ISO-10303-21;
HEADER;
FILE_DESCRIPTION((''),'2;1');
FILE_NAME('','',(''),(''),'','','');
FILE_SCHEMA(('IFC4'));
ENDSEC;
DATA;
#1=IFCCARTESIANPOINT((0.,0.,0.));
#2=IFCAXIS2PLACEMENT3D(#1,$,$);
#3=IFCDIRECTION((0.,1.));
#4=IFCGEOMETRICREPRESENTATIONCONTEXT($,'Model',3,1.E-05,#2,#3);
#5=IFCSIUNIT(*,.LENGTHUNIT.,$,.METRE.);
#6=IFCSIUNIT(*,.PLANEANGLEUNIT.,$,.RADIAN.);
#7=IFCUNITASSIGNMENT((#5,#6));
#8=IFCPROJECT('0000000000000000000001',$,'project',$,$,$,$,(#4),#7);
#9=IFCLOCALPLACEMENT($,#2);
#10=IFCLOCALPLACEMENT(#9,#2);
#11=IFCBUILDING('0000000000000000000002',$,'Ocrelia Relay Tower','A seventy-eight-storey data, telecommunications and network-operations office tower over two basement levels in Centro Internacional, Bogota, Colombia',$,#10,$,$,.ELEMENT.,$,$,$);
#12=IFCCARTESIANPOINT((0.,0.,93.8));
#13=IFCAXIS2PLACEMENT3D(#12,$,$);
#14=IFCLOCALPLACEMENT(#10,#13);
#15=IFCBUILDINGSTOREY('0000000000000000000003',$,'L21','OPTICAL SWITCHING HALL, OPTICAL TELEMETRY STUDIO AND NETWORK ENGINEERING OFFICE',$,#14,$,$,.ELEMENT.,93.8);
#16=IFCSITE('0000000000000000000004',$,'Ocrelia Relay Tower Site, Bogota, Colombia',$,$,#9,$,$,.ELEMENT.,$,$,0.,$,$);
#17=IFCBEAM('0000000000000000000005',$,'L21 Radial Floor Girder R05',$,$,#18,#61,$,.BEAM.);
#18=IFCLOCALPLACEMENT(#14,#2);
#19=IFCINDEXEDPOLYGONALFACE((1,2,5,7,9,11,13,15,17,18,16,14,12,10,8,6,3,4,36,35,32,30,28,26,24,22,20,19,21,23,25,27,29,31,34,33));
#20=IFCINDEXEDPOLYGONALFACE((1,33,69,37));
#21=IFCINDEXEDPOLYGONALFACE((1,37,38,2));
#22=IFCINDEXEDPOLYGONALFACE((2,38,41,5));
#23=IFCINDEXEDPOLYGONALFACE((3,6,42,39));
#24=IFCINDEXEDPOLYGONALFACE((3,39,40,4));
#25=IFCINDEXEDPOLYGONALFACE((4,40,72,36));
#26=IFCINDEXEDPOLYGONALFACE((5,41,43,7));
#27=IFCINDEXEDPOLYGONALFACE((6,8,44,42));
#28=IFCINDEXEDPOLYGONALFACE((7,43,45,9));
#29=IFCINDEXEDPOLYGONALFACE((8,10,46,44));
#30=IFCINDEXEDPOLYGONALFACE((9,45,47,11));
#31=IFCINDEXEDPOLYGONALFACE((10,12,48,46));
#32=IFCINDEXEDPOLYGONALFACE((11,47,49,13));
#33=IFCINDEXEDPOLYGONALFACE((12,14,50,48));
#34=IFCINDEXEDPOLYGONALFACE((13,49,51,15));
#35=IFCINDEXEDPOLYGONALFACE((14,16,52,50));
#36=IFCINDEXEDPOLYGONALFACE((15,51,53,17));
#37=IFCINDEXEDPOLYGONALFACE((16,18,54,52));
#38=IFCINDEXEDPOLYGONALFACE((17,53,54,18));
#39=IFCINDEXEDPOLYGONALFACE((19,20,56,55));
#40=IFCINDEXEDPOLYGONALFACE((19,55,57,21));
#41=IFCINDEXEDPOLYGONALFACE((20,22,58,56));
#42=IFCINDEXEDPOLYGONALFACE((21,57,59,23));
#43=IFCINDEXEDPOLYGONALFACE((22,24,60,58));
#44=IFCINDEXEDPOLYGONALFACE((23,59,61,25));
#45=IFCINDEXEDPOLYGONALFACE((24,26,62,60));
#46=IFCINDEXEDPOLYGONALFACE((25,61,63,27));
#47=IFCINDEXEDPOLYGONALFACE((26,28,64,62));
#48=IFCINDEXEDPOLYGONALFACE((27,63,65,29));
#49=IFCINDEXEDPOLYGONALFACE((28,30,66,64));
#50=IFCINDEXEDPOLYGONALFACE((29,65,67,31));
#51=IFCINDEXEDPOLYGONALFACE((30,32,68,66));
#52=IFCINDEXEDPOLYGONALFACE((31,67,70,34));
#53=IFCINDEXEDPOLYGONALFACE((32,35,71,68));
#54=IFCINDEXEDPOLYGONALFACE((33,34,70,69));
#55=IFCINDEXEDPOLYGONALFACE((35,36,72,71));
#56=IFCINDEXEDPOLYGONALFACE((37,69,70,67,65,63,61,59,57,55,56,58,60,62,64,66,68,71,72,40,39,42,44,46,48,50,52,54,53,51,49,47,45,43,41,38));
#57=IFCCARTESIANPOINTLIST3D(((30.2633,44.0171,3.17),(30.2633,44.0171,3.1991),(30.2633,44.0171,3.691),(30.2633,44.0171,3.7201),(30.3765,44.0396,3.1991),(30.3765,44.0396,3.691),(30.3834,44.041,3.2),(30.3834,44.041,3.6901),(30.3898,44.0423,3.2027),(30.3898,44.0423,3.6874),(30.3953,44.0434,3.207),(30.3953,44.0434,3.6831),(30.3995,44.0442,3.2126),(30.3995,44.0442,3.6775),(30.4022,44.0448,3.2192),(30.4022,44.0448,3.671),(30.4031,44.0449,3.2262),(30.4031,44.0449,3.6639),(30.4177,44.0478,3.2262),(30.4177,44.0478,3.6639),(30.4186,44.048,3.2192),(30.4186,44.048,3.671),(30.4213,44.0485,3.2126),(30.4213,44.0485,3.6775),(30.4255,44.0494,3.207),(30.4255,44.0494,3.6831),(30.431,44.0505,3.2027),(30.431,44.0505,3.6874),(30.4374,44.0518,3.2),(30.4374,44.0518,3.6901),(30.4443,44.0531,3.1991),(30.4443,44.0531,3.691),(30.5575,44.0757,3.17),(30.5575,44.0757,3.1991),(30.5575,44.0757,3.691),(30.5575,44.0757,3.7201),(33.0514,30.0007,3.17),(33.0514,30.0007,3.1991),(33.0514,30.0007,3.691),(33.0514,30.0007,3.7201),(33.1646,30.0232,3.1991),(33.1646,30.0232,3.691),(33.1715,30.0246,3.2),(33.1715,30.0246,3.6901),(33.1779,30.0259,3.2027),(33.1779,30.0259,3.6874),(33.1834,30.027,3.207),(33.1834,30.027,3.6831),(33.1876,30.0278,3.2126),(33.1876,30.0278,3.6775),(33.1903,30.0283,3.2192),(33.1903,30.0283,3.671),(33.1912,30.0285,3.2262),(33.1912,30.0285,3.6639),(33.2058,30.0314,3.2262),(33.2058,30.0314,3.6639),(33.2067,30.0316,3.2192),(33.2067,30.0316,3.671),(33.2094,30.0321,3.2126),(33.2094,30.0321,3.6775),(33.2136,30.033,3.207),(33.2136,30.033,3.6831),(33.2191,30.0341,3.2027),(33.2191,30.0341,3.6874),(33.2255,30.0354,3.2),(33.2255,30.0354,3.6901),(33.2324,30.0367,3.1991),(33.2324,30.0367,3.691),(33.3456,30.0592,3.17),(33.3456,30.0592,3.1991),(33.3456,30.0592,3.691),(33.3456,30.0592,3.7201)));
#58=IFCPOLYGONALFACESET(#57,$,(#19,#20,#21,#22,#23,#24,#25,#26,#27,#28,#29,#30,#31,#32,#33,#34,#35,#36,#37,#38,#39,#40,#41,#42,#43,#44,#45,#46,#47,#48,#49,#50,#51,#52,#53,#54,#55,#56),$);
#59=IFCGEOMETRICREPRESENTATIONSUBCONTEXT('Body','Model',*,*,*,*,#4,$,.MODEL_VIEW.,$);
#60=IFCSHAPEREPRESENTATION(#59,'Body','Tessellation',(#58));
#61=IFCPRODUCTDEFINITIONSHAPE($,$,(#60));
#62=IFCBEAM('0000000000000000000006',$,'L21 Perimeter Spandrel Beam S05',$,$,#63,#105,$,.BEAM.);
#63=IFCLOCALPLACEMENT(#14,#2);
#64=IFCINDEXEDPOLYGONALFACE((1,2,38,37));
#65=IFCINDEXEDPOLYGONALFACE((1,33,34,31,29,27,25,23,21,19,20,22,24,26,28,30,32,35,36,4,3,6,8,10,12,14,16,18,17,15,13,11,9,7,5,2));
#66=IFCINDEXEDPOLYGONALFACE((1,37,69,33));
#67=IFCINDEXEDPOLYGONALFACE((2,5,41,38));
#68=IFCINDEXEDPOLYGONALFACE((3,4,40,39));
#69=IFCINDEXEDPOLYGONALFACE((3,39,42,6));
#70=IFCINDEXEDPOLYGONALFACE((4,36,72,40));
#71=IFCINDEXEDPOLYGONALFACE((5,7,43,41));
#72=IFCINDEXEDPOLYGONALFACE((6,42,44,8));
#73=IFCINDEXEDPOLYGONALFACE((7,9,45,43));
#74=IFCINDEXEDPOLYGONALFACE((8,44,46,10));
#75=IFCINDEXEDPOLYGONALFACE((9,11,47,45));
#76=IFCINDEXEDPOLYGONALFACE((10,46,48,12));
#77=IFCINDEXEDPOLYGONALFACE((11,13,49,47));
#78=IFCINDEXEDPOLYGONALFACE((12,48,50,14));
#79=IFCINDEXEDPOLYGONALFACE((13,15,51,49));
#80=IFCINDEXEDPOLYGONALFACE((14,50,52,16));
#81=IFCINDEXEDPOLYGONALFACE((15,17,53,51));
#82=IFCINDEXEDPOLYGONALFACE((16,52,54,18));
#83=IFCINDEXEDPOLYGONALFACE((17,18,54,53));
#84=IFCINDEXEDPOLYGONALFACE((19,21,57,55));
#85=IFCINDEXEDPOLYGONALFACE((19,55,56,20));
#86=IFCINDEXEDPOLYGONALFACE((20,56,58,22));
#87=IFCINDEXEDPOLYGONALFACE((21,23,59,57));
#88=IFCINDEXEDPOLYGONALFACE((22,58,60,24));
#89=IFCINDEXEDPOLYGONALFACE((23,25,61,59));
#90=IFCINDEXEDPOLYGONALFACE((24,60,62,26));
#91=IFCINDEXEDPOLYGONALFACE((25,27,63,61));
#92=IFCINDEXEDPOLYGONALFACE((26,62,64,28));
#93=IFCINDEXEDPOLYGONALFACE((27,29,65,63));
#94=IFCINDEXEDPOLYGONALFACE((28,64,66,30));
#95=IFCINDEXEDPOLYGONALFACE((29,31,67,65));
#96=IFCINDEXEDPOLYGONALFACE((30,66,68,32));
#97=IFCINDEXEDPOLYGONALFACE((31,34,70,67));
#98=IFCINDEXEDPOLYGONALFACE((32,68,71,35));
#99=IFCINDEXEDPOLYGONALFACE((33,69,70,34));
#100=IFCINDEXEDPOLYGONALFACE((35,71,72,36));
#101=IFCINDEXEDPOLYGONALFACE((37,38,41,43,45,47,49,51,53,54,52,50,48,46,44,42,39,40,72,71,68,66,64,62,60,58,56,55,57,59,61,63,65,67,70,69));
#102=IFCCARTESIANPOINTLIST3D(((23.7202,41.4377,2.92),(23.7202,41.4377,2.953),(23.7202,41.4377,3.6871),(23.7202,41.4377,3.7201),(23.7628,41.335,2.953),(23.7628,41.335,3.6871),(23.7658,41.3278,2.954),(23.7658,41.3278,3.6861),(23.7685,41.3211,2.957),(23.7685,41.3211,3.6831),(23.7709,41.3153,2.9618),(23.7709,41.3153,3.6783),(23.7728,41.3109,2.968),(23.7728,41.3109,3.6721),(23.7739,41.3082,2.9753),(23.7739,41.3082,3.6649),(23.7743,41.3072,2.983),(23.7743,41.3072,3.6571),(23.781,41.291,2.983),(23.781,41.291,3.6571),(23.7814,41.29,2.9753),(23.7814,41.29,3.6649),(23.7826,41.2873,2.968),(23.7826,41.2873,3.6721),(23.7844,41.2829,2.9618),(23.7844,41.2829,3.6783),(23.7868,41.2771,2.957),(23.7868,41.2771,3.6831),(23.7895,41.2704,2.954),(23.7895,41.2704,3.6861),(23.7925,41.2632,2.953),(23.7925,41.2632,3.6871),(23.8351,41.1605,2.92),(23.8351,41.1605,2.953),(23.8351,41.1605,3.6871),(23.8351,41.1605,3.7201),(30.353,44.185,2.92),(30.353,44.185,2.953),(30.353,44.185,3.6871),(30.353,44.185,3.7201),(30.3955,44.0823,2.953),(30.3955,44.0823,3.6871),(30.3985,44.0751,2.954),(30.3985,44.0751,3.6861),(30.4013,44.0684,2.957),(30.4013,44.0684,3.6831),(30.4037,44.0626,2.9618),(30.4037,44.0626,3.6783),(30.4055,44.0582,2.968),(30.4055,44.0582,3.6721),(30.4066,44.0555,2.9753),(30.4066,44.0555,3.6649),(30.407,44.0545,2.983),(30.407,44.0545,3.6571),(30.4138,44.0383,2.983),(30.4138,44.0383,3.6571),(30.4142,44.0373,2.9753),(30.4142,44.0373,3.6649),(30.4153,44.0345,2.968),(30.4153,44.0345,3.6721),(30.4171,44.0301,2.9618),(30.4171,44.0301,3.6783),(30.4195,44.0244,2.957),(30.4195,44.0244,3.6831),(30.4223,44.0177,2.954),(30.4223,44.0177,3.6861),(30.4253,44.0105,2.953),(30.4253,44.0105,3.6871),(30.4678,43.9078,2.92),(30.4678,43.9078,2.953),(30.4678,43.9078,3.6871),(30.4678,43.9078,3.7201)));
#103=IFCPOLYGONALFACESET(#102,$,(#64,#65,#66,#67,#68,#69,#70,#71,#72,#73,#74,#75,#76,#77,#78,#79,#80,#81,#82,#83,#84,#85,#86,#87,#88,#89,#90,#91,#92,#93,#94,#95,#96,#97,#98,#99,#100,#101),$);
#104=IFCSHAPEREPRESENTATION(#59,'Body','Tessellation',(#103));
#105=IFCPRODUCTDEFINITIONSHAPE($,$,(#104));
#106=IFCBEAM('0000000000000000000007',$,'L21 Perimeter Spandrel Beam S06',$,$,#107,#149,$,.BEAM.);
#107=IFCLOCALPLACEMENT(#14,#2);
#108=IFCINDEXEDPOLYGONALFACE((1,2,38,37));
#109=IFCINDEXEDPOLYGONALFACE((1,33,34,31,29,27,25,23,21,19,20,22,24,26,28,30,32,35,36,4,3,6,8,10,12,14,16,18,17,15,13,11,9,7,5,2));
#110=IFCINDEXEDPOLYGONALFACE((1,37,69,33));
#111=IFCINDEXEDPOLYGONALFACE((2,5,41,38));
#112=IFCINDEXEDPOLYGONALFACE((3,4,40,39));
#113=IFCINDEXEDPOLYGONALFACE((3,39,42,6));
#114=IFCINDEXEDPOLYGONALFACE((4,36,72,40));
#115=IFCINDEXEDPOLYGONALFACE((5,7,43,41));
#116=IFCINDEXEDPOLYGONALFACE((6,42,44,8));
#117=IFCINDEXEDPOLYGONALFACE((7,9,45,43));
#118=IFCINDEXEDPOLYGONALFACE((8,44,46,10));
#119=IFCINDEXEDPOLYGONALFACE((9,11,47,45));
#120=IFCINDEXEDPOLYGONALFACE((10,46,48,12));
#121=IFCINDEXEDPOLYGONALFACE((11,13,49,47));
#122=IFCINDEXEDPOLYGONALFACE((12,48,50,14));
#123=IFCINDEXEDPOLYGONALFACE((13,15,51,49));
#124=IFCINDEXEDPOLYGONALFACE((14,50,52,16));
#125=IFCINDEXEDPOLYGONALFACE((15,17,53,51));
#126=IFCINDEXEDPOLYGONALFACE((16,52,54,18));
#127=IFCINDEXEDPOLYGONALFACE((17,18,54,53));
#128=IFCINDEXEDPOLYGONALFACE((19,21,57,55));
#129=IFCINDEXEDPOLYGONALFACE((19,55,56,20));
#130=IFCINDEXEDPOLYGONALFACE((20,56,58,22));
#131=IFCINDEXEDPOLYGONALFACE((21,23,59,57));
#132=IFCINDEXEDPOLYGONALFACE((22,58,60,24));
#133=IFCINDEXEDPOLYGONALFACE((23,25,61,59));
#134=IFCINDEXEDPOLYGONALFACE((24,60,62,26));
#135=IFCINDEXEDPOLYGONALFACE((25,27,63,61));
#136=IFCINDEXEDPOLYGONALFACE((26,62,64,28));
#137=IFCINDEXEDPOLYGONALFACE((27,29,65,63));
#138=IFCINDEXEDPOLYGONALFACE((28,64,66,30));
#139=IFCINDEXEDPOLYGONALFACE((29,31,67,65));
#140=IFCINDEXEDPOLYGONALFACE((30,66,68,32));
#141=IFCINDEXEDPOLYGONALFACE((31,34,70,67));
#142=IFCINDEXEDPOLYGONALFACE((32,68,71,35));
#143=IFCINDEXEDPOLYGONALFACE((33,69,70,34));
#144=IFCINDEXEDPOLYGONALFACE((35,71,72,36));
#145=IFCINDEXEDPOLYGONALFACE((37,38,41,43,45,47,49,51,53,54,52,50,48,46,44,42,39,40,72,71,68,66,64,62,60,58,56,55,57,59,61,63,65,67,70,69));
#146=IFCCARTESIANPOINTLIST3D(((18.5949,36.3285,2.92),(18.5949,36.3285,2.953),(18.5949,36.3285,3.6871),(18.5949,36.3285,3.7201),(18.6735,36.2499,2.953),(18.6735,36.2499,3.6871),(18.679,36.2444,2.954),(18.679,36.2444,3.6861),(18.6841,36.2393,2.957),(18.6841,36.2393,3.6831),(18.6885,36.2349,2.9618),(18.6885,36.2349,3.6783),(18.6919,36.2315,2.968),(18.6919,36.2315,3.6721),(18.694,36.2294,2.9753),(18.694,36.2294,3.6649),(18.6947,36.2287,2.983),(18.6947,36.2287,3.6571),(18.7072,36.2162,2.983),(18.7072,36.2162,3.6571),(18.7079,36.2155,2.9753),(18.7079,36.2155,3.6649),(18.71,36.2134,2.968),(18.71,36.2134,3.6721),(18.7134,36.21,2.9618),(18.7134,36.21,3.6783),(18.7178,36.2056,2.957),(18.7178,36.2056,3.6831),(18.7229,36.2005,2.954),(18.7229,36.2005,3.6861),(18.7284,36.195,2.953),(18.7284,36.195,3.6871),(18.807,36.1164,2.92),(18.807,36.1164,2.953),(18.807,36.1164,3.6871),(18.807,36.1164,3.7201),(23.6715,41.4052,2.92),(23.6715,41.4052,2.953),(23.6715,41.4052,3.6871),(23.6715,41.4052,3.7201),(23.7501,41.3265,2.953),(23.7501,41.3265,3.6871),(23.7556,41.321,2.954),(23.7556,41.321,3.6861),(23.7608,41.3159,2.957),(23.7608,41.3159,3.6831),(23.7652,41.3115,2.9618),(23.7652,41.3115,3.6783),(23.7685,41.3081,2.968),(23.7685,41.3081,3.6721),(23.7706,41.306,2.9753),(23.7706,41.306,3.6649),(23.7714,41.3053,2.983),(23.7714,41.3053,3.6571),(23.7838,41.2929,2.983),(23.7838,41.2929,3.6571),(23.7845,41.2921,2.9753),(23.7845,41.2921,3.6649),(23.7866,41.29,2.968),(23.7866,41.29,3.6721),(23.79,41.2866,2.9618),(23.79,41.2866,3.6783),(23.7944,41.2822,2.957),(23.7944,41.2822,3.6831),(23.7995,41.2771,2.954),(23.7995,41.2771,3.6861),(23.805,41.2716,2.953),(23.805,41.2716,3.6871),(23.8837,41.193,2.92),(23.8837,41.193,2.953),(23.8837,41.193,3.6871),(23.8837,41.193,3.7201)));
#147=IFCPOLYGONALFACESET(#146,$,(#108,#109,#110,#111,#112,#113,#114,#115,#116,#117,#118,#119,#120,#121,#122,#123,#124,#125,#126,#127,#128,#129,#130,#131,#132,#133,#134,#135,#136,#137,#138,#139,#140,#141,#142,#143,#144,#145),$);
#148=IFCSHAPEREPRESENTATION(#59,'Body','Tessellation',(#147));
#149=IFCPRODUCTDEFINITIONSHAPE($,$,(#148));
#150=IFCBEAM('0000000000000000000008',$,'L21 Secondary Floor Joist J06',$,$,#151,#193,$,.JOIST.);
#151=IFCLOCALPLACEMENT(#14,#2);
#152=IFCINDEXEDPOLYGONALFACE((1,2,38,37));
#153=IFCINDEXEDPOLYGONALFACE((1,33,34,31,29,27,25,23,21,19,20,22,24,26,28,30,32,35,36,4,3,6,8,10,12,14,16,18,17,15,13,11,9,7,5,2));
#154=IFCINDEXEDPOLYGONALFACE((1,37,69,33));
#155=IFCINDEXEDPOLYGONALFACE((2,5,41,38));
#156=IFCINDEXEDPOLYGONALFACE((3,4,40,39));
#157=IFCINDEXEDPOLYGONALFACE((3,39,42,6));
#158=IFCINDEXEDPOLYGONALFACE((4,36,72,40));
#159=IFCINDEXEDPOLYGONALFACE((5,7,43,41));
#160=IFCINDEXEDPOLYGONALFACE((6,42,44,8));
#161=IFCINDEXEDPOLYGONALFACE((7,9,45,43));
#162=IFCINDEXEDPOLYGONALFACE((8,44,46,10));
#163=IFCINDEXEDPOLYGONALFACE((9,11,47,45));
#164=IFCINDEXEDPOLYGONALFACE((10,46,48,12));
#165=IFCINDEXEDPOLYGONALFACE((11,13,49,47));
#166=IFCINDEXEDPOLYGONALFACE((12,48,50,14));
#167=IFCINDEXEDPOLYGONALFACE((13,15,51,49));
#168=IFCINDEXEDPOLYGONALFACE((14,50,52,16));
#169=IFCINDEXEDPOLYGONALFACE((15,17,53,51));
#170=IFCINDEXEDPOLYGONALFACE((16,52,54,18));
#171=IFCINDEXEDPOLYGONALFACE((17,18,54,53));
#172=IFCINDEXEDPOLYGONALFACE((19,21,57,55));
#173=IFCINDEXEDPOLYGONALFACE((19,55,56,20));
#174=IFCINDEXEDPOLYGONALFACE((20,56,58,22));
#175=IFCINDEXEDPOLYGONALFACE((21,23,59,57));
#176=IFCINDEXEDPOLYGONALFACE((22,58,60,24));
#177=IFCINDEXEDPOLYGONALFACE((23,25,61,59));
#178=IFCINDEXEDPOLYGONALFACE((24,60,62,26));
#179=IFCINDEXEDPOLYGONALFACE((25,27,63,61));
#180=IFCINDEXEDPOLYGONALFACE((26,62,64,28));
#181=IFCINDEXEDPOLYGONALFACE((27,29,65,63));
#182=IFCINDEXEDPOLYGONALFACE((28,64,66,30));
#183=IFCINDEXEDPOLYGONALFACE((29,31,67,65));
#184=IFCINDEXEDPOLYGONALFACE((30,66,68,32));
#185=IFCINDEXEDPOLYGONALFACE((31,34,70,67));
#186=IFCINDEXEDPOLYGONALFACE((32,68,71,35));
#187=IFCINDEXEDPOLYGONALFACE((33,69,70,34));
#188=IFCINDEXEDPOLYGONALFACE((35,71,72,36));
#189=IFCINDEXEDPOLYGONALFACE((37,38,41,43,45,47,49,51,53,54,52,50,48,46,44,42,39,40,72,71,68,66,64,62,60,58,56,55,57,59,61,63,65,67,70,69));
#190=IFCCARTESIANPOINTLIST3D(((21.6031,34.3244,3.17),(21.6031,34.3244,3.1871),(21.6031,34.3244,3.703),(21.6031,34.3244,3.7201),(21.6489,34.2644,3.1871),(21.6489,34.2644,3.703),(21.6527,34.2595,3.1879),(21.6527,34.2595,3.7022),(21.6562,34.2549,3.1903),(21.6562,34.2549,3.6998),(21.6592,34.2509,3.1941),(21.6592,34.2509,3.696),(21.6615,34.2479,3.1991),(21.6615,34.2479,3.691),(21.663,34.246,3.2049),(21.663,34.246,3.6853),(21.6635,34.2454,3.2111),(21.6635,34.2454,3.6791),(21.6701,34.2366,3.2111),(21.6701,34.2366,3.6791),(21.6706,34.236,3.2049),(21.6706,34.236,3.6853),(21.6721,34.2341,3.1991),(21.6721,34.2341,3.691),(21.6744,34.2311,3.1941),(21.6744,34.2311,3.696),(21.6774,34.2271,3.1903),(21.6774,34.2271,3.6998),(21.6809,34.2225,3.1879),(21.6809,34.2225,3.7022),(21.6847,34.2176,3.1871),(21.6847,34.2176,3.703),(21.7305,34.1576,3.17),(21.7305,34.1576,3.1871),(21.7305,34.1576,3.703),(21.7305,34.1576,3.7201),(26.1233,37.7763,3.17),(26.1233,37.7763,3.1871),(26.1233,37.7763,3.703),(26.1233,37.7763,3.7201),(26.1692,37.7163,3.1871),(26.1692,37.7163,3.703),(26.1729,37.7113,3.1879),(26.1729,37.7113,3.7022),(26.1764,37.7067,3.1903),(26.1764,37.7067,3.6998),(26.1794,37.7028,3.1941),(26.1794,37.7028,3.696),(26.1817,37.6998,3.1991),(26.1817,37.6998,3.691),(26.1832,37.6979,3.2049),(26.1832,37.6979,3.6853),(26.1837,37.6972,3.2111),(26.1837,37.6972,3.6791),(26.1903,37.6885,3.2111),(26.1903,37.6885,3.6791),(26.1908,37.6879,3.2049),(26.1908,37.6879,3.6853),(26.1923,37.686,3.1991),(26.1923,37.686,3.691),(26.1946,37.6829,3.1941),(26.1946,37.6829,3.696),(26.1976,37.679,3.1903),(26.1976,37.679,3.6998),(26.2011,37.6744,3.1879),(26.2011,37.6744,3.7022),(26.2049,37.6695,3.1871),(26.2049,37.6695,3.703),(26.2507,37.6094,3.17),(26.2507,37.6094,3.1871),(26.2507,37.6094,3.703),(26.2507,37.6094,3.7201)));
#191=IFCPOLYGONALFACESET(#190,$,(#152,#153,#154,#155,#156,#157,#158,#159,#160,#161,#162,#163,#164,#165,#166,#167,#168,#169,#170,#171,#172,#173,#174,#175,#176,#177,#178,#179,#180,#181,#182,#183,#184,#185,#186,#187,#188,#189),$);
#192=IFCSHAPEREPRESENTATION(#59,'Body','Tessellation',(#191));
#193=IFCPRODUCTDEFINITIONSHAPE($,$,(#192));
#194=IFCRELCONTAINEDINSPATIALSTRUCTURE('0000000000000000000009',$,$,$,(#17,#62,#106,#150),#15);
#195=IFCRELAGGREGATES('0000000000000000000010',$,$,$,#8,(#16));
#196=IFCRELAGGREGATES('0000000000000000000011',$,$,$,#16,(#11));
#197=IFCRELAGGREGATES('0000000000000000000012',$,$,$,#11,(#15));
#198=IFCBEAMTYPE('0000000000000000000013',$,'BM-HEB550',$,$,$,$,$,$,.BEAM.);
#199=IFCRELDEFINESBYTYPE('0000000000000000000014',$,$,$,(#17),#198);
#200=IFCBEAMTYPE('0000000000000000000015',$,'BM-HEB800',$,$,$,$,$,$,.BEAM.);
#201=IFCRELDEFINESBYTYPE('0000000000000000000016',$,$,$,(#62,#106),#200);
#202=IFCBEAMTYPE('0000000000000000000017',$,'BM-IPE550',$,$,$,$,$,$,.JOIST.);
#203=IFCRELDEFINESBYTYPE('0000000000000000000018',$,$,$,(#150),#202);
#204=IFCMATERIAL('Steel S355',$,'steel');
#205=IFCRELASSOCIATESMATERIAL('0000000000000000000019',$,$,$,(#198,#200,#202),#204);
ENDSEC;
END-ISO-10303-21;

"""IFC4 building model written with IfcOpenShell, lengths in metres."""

from ifc_helpers import new_model, si_unit, direction, frame, origin, origin_2d, place, context, subcontext, project, spatial, i_section, extrude, material, material_profile, profile_set, type_object, element, save


model = new_model("IFC4")

# Units and contexts
model_context = context("Model", 3, precision=1e-05, world=origin(), true_north=direction((0.0, 1.0)))
body_context = subcontext(model_context, "Body", "Model", "MODEL_VIEW")
ifc_project = project(units=[si_unit("LENGTHUNIT", "METRE"), si_unit("PLANEANGLEUNIT", "RADIAN")], contexts=[model_context])

# Site, building, storey
site_placement = place(None, origin())
site = spatial("IfcSite", under=ifc_project, at=site_placement, Name="Ocrelia Relay Tower Site, Bogota, Colombia", CompositionType="ELEMENT", RefElevation=0.0)
building_placement = place(site_placement, origin())
building = spatial("IfcBuilding", under=site, at=building_placement, Name="Ocrelia Relay Tower", Description="A seventy-eight-storey data, telecommunications and network-operations office tower over two basement levels in Centro Internacional, Bogota, Colombia", CompositionType="ELEMENT")
storey_placement = place(building_placement, frame((0.0, 0.0, 93.8)))
storey = spatial("IfcBuildingStorey", under=building, at=storey_placement, Name="L21", Description="OPTICAL SWITCHING HALL, OPTICAL TELEMETRY STUDIO AND NETWORK ENGINEERING OFFICE", CompositionType="ELEMENT", Elevation=93.8)

# Beams
ifc_material_1 = material(Name="Steel S355", Category="steel")
ifc_material_profile_1 = material_profile(ifc_material_1, i_section(OverallWidth=0.3, OverallDepth=0.55, WebThickness=0.0149, FlangeThickness=0.0291, FilletRadius=0.0271, at=origin_2d()), Name="HEB 550")
ifc_profile_set_1 = profile_set([ifc_material_profile_1], Name="Steel S355")
beam_type_1 = type_object("IfcBeamType", Name="BM-HEB550", PredefinedType="BEAM", material=ifc_profile_set_1)
beam_1_placement = place(storey_placement, frame((30.4104, 44.0464, 3.4451), z_axis=(0.195094, -0.980784, 0.0), x_axis=(0.980784, 0.195094, 0.0)))
element("IfcBeam", 1, at=beam_1_placement, inside=storey, type_object=beam_type_1, Name="L21 Radial Floor Girder R05", PredefinedType="BEAM", context=body_context, shape_type="SweptSolid", body=[
    extrude(i_section(OverallWidth=0.3, OverallDepth=0.55, WebThickness=0.0149, FlangeThickness=0.0291, FilletRadius=0.0271, at=origin_2d()), origin(), (0.0, 0.0, 1.0), 14.291),
])
ifc_material_profile_2 = material_profile(ifc_material_1, i_section(OverallWidth=0.3, OverallDepth=0.8, WebThickness=0.0176, FlangeThickness=0.033, FilletRadius=0.03, at=origin_2d()), Name="HEB 800")
ifc_profile_set_2 = profile_set([ifc_material_profile_2], Name="Steel S355")
beam_type_2 = type_object("IfcBeamType", Name="BM-HEB800", PredefinedType="BEAM", material=ifc_profile_set_2)
beam_2_placement = place(storey_placement, frame((30.4104, 44.0464, 3.3201), z_axis=(-0.923884, -0.382673, 0.0), x_axis=(0.382673, -0.923884, 0.0)))
element("IfcBeam", 2, at=beam_2_placement, inside=storey, type_object=beam_type_2, Name="L21 Perimeter Spandrel Beam S05", PredefinedType="BEAM", context=body_context, shape_type="SweptSolid", body=[
    extrude(i_section(OverallWidth=0.3, OverallDepth=0.8, WebThickness=0.0176, FlangeThickness=0.033, FilletRadius=0.03, at=origin_2d()), origin(), (0.0, 0.0, 1.0), 7.1792),
])
beam_3_placement = place(storey_placement, frame((23.7776, 41.2991, 3.3201), z_axis=(-0.707107, -0.707107, 0.0), x_axis=(0.707107, -0.707107, 0.0)))
element("IfcBeam", 3, at=beam_3_placement, inside=storey, type_object=beam_type_2, Name="L21 Perimeter Spandrel Beam S06", PredefinedType="BEAM", context=body_context, shape_type="SweptSolid", body=[
    extrude(i_section(OverallWidth=0.3, OverallDepth=0.8, WebThickness=0.0176, FlangeThickness=0.033, FilletRadius=0.03, at=origin_2d()), origin(), (0.0, 0.0, 1.0), 7.1794),
])
ifc_material_profile_3 = material_profile(ifc_material_1, i_section(OverallWidth=0.21, OverallDepth=0.55, WebThickness=0.011, FlangeThickness=0.0171, FilletRadius=0.0239, at=origin_2d()), Name="IPE 550")
ifc_profile_set_3 = profile_set([ifc_material_profile_3], Name="Steel S355")
beam_type_3 = type_object("IfcBeamType", Name="BM-IPE550", PredefinedType="JOIST", material=ifc_profile_set_3)
beam_4_placement = place(storey_placement, frame((26.187, 37.6929, 3.4451), z_axis=(-0.794762, -0.606921, 0.0), x_axis=(0.606921, -0.794762, 0.0)))
element("IfcBeam", 4, at=beam_4_placement, inside=storey, type_object=beam_type_3, Name="L21 Secondary Floor Joist J06", PredefinedType="JOIST", context=body_context, shape_type="SweptSolid", body=[
    extrude(i_section(OverallWidth=0.21, OverallDepth=0.55, WebThickness=0.011, FlangeThickness=0.0171, FilletRadius=0.0239, at=origin_2d()), origin(), (0.0, 0.0, 1.0), 5.6875),
])

save(model, "model.ifc")
